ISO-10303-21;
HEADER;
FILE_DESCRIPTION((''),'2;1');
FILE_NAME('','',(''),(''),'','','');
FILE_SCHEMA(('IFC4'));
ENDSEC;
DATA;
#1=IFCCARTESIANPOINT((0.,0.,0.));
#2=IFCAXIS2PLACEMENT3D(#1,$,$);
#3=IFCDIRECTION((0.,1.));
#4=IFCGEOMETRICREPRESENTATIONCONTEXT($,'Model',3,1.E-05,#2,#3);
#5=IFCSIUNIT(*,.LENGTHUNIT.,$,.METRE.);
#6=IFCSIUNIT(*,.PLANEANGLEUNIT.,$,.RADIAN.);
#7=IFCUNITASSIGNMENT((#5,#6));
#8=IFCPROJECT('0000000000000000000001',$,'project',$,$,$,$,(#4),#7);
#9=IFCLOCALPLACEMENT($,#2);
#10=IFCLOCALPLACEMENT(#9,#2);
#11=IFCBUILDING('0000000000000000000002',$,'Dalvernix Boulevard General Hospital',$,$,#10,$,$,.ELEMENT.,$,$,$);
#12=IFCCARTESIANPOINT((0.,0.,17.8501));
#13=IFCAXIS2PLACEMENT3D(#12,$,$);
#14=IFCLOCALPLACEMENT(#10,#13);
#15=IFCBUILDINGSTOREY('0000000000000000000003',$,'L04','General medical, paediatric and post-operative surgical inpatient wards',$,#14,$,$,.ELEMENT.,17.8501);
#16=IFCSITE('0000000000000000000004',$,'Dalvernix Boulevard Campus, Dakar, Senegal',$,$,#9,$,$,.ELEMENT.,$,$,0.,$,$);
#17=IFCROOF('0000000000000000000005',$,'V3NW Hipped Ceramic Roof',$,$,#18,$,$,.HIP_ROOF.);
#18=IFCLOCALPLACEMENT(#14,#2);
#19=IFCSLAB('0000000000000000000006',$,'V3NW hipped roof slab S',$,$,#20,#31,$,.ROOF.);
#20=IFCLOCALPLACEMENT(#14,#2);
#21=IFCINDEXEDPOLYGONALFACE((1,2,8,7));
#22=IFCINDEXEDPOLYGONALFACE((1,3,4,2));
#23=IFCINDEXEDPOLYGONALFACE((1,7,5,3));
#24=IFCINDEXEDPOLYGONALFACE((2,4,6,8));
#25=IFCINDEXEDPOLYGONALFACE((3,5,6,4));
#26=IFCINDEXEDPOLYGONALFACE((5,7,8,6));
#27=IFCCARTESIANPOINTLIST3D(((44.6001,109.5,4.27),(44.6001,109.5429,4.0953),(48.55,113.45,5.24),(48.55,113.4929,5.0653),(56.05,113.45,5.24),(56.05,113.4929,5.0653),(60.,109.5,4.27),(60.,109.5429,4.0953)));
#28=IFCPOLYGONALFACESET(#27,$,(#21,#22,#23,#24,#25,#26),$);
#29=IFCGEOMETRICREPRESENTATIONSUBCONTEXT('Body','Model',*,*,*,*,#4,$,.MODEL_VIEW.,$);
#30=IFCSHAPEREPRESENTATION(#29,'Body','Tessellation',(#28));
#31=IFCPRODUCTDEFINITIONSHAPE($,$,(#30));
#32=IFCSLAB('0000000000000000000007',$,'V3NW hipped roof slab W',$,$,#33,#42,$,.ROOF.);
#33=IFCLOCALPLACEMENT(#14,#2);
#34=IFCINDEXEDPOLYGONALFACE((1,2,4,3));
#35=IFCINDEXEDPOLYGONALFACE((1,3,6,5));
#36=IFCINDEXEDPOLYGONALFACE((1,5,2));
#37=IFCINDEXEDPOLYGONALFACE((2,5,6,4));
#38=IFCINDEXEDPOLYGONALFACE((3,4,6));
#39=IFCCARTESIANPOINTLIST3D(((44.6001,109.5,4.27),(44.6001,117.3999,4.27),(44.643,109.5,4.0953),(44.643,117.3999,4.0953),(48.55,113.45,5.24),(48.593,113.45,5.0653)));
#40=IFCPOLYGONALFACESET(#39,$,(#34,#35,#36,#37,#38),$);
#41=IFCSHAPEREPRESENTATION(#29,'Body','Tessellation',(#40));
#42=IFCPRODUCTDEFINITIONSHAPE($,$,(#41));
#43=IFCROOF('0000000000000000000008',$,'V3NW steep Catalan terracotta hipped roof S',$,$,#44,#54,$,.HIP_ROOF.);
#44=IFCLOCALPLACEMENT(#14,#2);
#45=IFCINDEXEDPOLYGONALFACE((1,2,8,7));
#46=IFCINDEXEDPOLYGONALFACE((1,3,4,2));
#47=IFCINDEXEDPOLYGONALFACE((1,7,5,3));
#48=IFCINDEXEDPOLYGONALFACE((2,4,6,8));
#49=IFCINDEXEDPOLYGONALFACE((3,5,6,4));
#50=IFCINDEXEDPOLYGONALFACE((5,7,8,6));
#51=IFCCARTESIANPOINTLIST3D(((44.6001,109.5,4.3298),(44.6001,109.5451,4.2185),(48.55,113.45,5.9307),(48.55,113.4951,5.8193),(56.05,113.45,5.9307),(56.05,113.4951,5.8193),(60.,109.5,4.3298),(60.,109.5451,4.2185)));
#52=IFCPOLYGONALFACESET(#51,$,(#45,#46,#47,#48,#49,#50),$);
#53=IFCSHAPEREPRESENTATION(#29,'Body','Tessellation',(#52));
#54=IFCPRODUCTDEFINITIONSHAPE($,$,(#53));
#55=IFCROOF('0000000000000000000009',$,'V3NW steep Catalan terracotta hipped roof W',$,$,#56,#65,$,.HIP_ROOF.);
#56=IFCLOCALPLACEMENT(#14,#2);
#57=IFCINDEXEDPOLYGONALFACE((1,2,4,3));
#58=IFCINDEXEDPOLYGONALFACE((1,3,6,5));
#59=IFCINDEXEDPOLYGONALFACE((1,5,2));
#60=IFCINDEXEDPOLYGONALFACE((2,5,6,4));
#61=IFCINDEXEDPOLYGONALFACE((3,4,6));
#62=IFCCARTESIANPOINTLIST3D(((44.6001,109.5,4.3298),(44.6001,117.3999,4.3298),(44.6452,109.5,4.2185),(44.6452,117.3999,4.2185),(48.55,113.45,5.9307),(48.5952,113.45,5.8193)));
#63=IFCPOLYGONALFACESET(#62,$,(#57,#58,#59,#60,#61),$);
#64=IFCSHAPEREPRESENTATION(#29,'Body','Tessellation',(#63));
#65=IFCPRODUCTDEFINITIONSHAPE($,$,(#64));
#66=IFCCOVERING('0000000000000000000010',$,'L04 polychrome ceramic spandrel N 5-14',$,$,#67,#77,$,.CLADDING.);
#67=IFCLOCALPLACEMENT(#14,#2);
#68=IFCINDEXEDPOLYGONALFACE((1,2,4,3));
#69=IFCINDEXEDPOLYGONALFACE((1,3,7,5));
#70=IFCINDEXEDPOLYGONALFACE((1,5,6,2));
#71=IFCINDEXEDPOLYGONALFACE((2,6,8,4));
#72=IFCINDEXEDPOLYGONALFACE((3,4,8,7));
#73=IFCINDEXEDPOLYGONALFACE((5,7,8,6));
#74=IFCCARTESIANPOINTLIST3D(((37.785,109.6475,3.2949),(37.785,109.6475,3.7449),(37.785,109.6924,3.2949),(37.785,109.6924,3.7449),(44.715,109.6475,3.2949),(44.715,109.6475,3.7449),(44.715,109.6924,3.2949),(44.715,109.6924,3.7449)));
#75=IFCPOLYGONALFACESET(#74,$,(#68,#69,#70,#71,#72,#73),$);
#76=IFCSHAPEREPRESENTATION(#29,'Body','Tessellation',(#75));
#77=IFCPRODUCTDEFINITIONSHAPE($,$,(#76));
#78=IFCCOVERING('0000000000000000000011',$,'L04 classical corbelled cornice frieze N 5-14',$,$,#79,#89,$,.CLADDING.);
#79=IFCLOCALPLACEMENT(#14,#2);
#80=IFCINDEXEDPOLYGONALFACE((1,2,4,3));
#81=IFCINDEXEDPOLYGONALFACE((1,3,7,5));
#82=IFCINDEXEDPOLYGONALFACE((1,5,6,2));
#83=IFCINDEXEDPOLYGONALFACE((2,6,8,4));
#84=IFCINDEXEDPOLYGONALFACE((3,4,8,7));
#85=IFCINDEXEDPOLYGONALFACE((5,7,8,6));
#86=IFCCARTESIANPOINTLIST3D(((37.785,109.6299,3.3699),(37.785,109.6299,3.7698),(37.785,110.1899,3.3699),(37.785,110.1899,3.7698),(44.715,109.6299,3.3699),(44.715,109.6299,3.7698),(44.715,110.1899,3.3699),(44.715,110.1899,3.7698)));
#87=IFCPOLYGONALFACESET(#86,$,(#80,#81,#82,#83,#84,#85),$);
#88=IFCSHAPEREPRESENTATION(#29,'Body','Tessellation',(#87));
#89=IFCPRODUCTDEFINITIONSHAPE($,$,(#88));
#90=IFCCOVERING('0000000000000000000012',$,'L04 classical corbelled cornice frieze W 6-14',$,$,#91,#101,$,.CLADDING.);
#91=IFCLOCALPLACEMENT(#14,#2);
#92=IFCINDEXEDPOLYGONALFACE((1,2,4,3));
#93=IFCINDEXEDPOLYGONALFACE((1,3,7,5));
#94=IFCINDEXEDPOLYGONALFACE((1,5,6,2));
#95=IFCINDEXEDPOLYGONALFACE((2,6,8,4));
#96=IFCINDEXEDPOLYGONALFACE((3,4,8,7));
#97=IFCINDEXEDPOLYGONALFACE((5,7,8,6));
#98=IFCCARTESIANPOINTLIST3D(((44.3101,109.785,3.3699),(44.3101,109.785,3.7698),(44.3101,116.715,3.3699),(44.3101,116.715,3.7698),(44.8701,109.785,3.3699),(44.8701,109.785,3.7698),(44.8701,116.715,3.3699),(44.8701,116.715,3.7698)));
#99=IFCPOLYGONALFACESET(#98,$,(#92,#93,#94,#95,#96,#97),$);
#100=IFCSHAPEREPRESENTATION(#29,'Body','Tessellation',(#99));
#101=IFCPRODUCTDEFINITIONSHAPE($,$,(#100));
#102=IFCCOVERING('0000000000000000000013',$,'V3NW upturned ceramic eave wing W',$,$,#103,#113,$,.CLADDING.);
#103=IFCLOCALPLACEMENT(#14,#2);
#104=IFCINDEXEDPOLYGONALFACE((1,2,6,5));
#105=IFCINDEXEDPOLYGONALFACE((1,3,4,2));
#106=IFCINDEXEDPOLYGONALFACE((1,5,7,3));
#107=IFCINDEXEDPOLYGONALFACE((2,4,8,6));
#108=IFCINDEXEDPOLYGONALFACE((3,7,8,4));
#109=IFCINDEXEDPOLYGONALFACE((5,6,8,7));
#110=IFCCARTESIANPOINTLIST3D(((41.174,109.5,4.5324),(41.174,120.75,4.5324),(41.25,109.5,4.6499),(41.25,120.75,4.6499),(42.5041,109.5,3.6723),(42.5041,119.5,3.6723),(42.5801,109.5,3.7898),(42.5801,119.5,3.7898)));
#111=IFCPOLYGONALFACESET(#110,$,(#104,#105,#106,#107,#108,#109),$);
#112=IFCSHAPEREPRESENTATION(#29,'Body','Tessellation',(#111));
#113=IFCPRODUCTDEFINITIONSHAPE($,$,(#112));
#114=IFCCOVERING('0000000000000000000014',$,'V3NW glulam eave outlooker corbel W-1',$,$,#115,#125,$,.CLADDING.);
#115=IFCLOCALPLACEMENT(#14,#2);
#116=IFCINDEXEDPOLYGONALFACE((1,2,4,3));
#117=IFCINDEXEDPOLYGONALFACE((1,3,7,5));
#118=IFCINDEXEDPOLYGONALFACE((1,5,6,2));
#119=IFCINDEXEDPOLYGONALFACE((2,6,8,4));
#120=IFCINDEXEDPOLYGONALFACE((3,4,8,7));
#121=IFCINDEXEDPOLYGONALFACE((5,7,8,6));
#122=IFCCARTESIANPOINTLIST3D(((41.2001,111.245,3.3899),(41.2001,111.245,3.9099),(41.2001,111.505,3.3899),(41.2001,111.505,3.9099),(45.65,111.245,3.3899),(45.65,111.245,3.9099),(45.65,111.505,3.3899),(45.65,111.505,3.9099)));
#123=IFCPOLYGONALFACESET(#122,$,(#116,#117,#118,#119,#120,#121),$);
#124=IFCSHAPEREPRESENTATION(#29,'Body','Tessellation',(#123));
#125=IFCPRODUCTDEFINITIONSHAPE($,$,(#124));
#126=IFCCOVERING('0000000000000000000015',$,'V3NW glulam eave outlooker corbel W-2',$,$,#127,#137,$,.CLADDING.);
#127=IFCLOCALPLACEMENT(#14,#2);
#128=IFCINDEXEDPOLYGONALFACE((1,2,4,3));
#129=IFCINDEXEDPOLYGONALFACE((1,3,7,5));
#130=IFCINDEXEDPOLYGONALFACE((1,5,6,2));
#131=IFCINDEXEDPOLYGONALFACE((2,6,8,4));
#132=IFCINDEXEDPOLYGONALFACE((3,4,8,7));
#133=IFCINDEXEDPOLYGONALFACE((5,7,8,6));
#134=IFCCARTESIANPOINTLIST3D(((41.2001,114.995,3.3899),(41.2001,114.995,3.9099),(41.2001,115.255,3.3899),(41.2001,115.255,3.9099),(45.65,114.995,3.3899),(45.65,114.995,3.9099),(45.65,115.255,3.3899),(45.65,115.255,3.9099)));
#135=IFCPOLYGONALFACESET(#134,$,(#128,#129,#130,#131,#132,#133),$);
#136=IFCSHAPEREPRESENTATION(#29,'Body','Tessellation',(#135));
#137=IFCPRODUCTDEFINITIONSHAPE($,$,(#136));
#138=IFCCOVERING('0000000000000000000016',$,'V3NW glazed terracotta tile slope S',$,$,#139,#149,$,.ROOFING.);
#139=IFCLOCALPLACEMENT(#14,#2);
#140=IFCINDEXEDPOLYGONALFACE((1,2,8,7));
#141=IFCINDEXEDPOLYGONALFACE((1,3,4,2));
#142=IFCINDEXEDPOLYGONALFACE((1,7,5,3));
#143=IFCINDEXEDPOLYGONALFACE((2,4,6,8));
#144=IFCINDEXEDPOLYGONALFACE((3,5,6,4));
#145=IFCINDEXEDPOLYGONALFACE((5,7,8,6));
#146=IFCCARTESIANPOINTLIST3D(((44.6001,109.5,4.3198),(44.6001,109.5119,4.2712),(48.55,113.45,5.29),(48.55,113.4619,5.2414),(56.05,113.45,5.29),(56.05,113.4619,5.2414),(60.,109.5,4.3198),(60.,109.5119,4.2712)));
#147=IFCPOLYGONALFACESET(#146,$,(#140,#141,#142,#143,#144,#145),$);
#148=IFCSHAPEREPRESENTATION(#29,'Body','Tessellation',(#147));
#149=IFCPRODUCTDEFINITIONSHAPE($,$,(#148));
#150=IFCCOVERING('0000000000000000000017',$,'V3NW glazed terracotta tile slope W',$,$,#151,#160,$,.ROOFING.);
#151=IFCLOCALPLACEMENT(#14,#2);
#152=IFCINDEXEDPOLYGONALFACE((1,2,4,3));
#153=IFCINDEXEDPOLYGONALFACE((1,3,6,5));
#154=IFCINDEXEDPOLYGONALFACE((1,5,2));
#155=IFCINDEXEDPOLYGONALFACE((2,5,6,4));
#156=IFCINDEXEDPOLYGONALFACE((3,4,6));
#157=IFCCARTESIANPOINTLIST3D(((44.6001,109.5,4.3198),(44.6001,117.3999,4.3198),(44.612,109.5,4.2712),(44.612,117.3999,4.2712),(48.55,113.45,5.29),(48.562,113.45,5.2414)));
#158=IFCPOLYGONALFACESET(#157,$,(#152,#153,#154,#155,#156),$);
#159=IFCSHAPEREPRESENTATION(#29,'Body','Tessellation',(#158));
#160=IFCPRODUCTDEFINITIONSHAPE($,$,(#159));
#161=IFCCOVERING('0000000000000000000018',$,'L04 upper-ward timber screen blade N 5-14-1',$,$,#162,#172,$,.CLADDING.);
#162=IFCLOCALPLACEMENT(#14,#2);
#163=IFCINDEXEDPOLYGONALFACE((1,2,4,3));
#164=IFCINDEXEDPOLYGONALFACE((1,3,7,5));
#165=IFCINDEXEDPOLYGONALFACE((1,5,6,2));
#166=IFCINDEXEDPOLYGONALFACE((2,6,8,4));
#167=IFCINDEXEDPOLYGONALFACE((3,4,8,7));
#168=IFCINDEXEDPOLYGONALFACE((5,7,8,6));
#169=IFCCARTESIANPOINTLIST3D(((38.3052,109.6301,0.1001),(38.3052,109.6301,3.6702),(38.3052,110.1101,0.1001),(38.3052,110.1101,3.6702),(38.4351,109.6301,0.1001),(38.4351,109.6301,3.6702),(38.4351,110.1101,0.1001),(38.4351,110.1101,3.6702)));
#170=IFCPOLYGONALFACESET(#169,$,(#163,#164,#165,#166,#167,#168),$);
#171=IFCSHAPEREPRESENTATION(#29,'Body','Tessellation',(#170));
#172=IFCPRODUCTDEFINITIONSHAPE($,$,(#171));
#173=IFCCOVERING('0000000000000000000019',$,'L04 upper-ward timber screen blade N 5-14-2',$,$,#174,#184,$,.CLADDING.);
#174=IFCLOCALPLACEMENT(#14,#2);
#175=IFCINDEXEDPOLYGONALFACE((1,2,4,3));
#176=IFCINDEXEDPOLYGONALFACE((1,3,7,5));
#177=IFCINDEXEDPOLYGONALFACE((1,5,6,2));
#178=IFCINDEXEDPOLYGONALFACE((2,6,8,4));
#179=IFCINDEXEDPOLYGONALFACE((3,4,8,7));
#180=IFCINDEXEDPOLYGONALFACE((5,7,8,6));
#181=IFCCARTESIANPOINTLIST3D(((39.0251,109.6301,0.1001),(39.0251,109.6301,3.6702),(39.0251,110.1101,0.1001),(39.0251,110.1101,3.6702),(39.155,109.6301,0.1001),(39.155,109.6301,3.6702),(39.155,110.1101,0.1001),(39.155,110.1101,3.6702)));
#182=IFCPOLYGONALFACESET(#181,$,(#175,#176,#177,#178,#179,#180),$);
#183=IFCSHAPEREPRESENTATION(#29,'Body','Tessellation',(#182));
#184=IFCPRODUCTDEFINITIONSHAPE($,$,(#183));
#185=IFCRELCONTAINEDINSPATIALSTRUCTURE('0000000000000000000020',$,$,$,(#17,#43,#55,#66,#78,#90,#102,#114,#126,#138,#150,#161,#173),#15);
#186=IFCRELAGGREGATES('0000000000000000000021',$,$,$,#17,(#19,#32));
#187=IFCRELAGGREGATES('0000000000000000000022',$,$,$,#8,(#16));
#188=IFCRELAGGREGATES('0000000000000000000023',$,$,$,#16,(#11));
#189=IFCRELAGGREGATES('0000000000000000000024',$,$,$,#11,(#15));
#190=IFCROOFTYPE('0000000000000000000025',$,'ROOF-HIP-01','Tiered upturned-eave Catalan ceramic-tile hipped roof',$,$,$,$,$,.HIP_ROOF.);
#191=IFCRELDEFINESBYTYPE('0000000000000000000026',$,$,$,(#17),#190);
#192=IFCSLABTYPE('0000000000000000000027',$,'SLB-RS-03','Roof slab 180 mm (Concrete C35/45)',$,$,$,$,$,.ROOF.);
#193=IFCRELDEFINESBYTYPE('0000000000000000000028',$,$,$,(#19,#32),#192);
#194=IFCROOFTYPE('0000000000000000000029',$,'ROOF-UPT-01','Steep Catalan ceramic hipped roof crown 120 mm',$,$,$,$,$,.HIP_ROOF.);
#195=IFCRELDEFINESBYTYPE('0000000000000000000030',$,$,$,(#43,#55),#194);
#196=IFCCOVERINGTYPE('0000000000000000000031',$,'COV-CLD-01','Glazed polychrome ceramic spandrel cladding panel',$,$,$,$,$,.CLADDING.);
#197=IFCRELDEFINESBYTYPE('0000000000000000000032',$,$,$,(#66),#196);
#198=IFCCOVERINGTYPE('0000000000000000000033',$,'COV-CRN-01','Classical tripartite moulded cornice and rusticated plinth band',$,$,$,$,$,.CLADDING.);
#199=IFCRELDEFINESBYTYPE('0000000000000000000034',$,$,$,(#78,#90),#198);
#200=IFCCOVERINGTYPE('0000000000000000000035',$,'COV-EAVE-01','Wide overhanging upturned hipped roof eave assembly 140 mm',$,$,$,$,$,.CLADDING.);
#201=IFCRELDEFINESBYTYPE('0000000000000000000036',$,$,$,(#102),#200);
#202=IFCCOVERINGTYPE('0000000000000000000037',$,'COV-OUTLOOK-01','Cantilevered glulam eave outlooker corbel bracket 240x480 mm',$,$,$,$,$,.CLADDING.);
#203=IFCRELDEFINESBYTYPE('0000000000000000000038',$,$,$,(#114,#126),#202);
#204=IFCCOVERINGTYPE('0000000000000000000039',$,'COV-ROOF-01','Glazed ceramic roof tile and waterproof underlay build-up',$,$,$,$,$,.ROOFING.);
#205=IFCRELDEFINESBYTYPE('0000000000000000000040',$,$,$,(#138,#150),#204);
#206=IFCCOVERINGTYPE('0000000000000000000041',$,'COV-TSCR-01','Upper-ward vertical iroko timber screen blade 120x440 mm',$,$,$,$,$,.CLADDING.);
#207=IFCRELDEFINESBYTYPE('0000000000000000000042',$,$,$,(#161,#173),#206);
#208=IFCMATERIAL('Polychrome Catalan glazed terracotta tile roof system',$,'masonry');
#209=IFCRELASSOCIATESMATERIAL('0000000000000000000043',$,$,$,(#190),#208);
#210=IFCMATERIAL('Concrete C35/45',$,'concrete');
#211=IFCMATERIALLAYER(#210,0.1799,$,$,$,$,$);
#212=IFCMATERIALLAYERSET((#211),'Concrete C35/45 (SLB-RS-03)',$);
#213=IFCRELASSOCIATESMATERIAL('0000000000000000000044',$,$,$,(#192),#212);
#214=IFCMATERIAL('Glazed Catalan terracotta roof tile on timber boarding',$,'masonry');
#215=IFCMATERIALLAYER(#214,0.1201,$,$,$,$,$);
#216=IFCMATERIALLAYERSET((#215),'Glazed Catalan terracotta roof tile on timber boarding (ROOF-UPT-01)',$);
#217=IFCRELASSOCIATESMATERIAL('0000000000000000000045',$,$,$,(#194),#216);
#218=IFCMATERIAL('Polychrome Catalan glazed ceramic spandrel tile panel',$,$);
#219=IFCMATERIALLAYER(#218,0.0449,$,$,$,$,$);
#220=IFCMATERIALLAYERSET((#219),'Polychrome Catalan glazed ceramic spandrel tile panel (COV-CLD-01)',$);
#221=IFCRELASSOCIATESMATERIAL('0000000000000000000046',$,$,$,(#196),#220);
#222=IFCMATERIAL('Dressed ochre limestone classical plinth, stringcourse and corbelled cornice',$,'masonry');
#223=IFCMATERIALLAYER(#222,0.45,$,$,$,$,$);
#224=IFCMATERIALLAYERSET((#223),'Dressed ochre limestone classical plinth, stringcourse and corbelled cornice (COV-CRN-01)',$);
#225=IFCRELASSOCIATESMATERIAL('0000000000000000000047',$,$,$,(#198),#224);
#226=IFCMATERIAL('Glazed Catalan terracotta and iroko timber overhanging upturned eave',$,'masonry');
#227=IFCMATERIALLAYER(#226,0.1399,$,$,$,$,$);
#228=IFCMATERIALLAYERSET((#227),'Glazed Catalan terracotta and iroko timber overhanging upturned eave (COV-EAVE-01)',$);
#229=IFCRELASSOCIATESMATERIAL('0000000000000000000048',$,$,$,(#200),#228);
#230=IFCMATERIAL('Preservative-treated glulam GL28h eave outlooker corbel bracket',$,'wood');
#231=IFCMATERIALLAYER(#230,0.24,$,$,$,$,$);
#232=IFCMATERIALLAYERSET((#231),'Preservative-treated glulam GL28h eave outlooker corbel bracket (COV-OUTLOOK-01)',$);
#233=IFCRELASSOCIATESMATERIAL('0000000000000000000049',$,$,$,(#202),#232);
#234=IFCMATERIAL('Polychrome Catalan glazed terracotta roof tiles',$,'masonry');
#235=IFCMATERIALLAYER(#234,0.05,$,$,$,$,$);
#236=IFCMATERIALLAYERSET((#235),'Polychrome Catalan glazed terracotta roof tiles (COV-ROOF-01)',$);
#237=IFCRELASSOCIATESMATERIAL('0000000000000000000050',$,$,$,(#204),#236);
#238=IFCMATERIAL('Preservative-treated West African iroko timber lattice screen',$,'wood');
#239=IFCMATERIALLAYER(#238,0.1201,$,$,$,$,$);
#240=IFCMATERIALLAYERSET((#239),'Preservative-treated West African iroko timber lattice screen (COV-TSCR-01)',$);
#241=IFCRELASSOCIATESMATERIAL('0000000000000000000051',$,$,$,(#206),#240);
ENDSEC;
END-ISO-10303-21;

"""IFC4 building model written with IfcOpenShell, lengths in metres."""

from ifc_helpers import new_model, si_unit, direction, frame, origin, origin_2d, place, context, subcontext, project, spatial, polyline, rectangle, outline, extrude, material, layer, layer_set, type_object, element, aggregate, save


model = new_model("IFC4")

# Units and contexts
model_context = context("Model", 3, precision=1e-05, world=origin(), true_north=direction((0.0, 1.0)))
body_context = subcontext(model_context, "Body", "Model", "MODEL_VIEW")
ifc_project = project(units=[si_unit("LENGTHUNIT", "METRE"), si_unit("PLANEANGLEUNIT", "RADIAN")], contexts=[model_context])

# Site, building, storey
site_placement = place(None, origin())
site = spatial("IfcSite", under=ifc_project, at=site_placement, Name="Dalvernix Boulevard Campus, Dakar, Senegal", CompositionType="ELEMENT", RefElevation=0.0)
building_placement = place(site_placement, origin())
building = spatial("IfcBuilding", under=site, at=building_placement, Name="Dalvernix Boulevard General Hospital", CompositionType="ELEMENT")
storey_placement = place(building_placement, frame((0.0, 0.0, 17.8501)))
storey = spatial("IfcBuildingStorey", under=building, at=storey_placement, Name="L04", Description="General medical, paediatric and post-operative surgical inpatient wards", CompositionType="ELEMENT", Elevation=17.8501)

# Roof, slabs
ifc_material_1 = material(Name="Polychrome Catalan glazed terracotta tile roof system", Category="masonry")
roof_type_1 = type_object("IfcRoofType", Name="ROOF-HIP-01", Description="Tiered upturned-eave Catalan ceramic-tile hipped roof", PredefinedType="HIP_ROOF", material=ifc_material_1)
roof_1_placement = place(storey_placement, origin())
roof_1 = element("IfcRoof", 1, at=roof_1_placement, inside=storey, type_object=roof_type_1, Name="V3NW Hipped Ceramic Roof", PredefinedType="HIP_ROOF")
ifc_material_2 = material(Name="Concrete C35/45", Category="concrete")
ifc_layer_1 = layer(ifc_material_2, 0.1799)
ifc_layer_set_1 = layer_set([ifc_layer_1], Name="Concrete C35/45 (SLB-RS-03)")
slab_type = type_object("IfcSlabType", Name="SLB-RS-03", Description="Roof slab 180 mm (Concrete C35/45)", PredefinedType="ROOF", material=ifc_layer_set_1)
slab_1_placement = place(storey_placement, frame((44.6001, 109.5, 4.27), z_axis=(0.0, -0.23848, 0.971147), x_axis=(1.0, 0.0, 0.0)))
slab_1 = element("IfcSlab", 2, at=slab_1_placement, type_object=slab_type, Name="V3NW hipped roof slab S", PredefinedType="ROOF", context=body_context, shape_type="SweptSolid", body=[
    extrude(outline(polyline([(0.0, 0.0), (15.3999, 0.0), (11.45, 4.0673), (3.95, 4.0673), (0.0, 0.0)])), origin(), (0.0, 0.0, -1.0), 0.1799),
])
slab_2_placement = place(storey_placement, frame((44.6001, 117.3999, 4.27), z_axis=(-0.23848, 0.0, 0.971147), x_axis=(0.0, -1.0, 0.0)))
slab_2 = element("IfcSlab", 3, at=slab_2_placement, type_object=slab_type, Name="V3NW hipped roof slab W", PredefinedType="ROOF", context=body_context, shape_type="SweptSolid", body=[
    extrude(outline(polyline([(0.0, 0.0), (7.8999, 0.0), (3.95, 4.0673), (0.0, 0.0)])), origin(), (0.0, 0.0, -1.0), 0.1799),
])
aggregate(roof_1, [slab_1, slab_2])

# Roofs
ifc_material_3 = material(Name="Glazed Catalan terracotta roof tile on timber boarding", Category="masonry")
ifc_layer_2 = layer(ifc_material_3, 0.1201)
ifc_layer_set_2 = layer_set([ifc_layer_2], Name="Glazed Catalan terracotta roof tile on timber boarding (ROOF-UPT-01)")
roof_type_2 = type_object("IfcRoofType", Name="ROOF-UPT-01", Description="Steep Catalan ceramic hipped roof crown 120 mm", PredefinedType="HIP_ROOF", material=ifc_layer_set_2)
roof_2_placement = place(storey_placement, frame((44.6001, 109.5, 4.3298), z_axis=(0.0, -0.375604, 0.92678), x_axis=(1.0, 0.0, 0.0)))
element("IfcRoof", 4, at=roof_2_placement, inside=storey, type_object=roof_type_2, Name="V3NW steep Catalan terracotta hipped roof S", PredefinedType="HIP_ROOF", context=body_context, shape_type="SweptSolid", body=[
    extrude(outline(polyline([(0.0, 0.0), (15.3999, 0.0), (11.45, 4.262), (3.95, 4.262), (0.0, 0.0)])), origin(), (0.0, 0.0, -1.0), 0.1201),
])
roof_3_placement = place(storey_placement, frame((44.6001, 117.3999, 4.3298), z_axis=(-0.375604, 0.0, 0.92678), x_axis=(0.0, -1.0, 0.0)))
element("IfcRoof", 5, at=roof_3_placement, inside=storey, type_object=roof_type_2, Name="V3NW steep Catalan terracotta hipped roof W", PredefinedType="HIP_ROOF", context=body_context, shape_type="SweptSolid", body=[
    extrude(outline(polyline([(0.0, 0.0), (7.8999, 0.0), (3.95, 4.262), (0.0, 0.0)])), origin(), (0.0, 0.0, -1.0), 0.1201),
])

# Coverings
ifc_material_4 = material(Name="Polychrome Catalan glazed ceramic spandrel tile panel")
ifc_layer_3 = layer(ifc_material_4, 0.0449)
ifc_layer_set_3 = layer_set([ifc_layer_3], Name="Polychrome Catalan glazed ceramic spandrel tile panel (COV-CLD-01)")
covering_type_1 = type_object("IfcCoveringType", Name="COV-CLD-01", Description="Glazed polychrome ceramic spandrel cladding panel", PredefinedType="CLADDING", material=ifc_layer_set_3)
covering_1_placement = place(storey_placement, frame((41.25, 109.6699, 3.2949), z_axis=(0.0, 0.0, 1.0), x_axis=(1.0, 0.0, 0.0)))
element("IfcCovering", 6, at=covering_1_placement, inside=storey, type_object=covering_type_1, Name="L04 polychrome ceramic spandrel N 5-14", PredefinedType="CLADDING", context=body_context, shape_type="SweptSolid", body=[
    extrude(rectangle(XDim=6.9299, YDim=0.0449, at=origin_2d()), origin(), (0.0, 0.0, 1.0), 0.45),
])
ifc_material_5 = material(Name="Dressed ochre limestone classical plinth, stringcourse and corbelled cornice", Category="masonry")
ifc_layer_4 = layer(ifc_material_5, 0.45)
ifc_layer_set_4 = layer_set([ifc_layer_4], Name="Dressed ochre limestone classical plinth, stringcourse and corbelled cornice (COV-CRN-01)")
covering_type_2 = type_object("IfcCoveringType", Name="COV-CRN-01", Description="Classical tripartite moulded cornice and rusticated plinth band", PredefinedType="CLADDING", material=ifc_layer_set_4)
for number, where, z_axis, x_axis, name in (
    (7, (41.25, 109.9099, 3.3699), (0.0, 0.0, 1.0), (1.0, 0.0, 0.0), "L04 classical corbelled cornice frieze N 5-14"),
    (8, (44.5901, 113.25, 3.3699), (0.0, 0.0, 1.0), (0.0, 1.0, 0.0), "L04 classical corbelled cornice frieze W 6-14"),
):
    element("IfcCovering", number, at=place(storey_placement, frame(where, z_axis=z_axis, x_axis=x_axis)), inside=storey, type_object=covering_type_2, Name=name, PredefinedType="CLADDING", context=body_context, shape_type="SweptSolid", body=[
        extrude(rectangle(XDim=6.9299, YDim=0.5601, at=origin_2d()), origin(), (0.0, 0.0, 1.0), 0.3999),
    ])
ifc_material_6 = material(Name="Glazed Catalan terracotta and iroko timber overhanging upturned eave", Category="masonry")
ifc_layer_5 = layer(ifc_material_6, 0.1399)
ifc_layer_set_5 = layer_set([ifc_layer_5], Name="Glazed Catalan terracotta and iroko timber overhanging upturned eave (COV-EAVE-01)")
covering_type_3 = type_object("IfcCoveringType", Name="COV-EAVE-01", Description="Wide overhanging upturned hipped roof eave assembly 140 mm", PredefinedType="CLADDING", material=ifc_layer_set_5)
covering_2_placement = place(storey_placement, frame((42.5801, 119.5, 3.7898), z_axis=(0.543015, 0.0, 0.839723), x_axis=(0.0, -1.0, 0.0)))
element("IfcCovering", 9, at=covering_2_placement, inside=storey, type_object=covering_type_3, Name="V3NW upturned ceramic eave wing W", PredefinedType="CLADDING", context=body_context, shape_type="SweptSolid", body=[
    extrude(outline(polyline([(0.0, 0.0), (10.0, 0.0), (10.0, -1.5839), (-1.25, -1.5839), (0.0, 0.0)])), origin(), (0.0, 0.0, -1.0), 0.1399),
])
ifc_material_7 = material(Name="Preservative-treated glulam GL28h eave outlooker corbel bracket", Category="wood")
ifc_layer_6 = layer(ifc_material_7, 0.24)
ifc_layer_set_6 = layer_set([ifc_layer_6], Name="Preservative-treated glulam GL28h eave outlooker corbel bracket (COV-OUTLOOK-01)")
covering_type_4 = type_object("IfcCoveringType", Name="COV-OUTLOOK-01", Description="Cantilevered glulam eave outlooker corbel bracket 240x480 mm", PredefinedType="CLADDING", material=ifc_layer_set_6)
for number, where, z_axis, x_axis, name in (
    (10, (43.425, 111.375, 3.3899), (0.0, 0.0, 1.0), (1.0, 0.0, 0.0), "V3NW glulam eave outlooker corbel W-1"),
    (11, (43.425, 115.125, 3.3899), (0.0, 0.0, 1.0), (1.0, 0.0, 0.0), "V3NW glulam eave outlooker corbel W-2"),
):
    element("IfcCovering", number, at=place(storey_placement, frame(where, z_axis=z_axis, x_axis=x_axis)), inside=storey, type_object=covering_type_4, Name=name, PredefinedType="CLADDING", context=body_context, shape_type="SweptSolid", body=[
        extrude(rectangle(XDim=4.45, YDim=0.26, at=origin_2d()), origin(), (0.0, 0.0, 1.0), 0.52),
    ])
ifc_material_8 = material(Name="Polychrome Catalan glazed terracotta roof tiles", Category="masonry")
ifc_layer_7 = layer(ifc_material_8, 0.05)
ifc_layer_set_7 = layer_set([ifc_layer_7], Name="Polychrome Catalan glazed terracotta roof tiles (COV-ROOF-01)")
covering_type_5 = type_object("IfcCoveringType", Name="COV-ROOF-01", Description="Glazed ceramic roof tile and waterproof underlay build-up", PredefinedType="ROOFING", material=ifc_layer_set_7)
covering_3_placement = place(storey_placement, frame((44.6001, 109.5, 4.3198), z_axis=(0.0, -0.238537, 0.971133), x_axis=(1.0, 0.0, 0.0)))
element("IfcCovering", 12, at=covering_3_placement, inside=storey, type_object=covering_type_5, Name="V3NW glazed terracotta tile slope S", PredefinedType="ROOFING", context=body_context, shape_type="SweptSolid", body=[
    extrude(outline(polyline([(0.0, 0.0), (15.3999, 0.0), (11.45, 4.0674), (3.95, 4.0674), (0.0, 0.0)])), origin(), (0.0, 0.0, -1.0), 0.05),
])
covering_4_placement = place(storey_placement, frame((44.6001, 117.3999, 4.3198), z_axis=(-0.238537, 0.0, 0.971133), x_axis=(0.0, -1.0, 0.0)))
element("IfcCovering", 13, at=covering_4_placement, inside=storey, type_object=covering_type_5, Name="V3NW glazed terracotta tile slope W", PredefinedType="ROOFING", context=body_context, shape_type="SweptSolid", body=[
    extrude(outline(polyline([(0.0, 0.0), (7.8999, 0.0), (3.95, 4.0674), (0.0, 0.0)])), origin(), (0.0, 0.0, -1.0), 0.05),
])
ifc_material_9 = material(Name="Preservative-treated West African iroko timber lattice screen", Category="wood")
ifc_layer_8 = layer(ifc_material_9, 0.1201)
ifc_layer_set_8 = layer_set([ifc_layer_8], Name="Preservative-treated West African iroko timber lattice screen (COV-TSCR-01)")
covering_type_6 = type_object("IfcCoveringType", Name="COV-TSCR-01", Description="Upper-ward vertical iroko timber screen blade 120x440 mm", PredefinedType="CLADDING", material=ifc_layer_set_8)
for number, where, z_axis, x_axis, name in (
    (14, (38.3701, 109.8701, 0.1001), (0.0, 0.0, 1.0), (1.0, 0.0, 0.0), "L04 upper-ward timber screen blade N 5-14-1"),
    (15, (39.0901, 109.8701, 0.1001), (0.0, 0.0, 1.0), (1.0, 0.0, 0.0), "L04 upper-ward timber screen blade N 5-14-2"),
):
    element("IfcCovering", number, at=place(storey_placement, frame(where, z_axis=z_axis, x_axis=x_axis)), inside=storey, type_object=covering_type_6, Name=name, PredefinedType="CLADDING", context=body_context, shape_type="SweptSolid", body=[
        extrude(rectangle(XDim=0.1299, YDim=0.48, at=origin_2d()), origin(), (0.0, 0.0, 1.0), 3.5701),
    ])

save(model, "model.ifc")
